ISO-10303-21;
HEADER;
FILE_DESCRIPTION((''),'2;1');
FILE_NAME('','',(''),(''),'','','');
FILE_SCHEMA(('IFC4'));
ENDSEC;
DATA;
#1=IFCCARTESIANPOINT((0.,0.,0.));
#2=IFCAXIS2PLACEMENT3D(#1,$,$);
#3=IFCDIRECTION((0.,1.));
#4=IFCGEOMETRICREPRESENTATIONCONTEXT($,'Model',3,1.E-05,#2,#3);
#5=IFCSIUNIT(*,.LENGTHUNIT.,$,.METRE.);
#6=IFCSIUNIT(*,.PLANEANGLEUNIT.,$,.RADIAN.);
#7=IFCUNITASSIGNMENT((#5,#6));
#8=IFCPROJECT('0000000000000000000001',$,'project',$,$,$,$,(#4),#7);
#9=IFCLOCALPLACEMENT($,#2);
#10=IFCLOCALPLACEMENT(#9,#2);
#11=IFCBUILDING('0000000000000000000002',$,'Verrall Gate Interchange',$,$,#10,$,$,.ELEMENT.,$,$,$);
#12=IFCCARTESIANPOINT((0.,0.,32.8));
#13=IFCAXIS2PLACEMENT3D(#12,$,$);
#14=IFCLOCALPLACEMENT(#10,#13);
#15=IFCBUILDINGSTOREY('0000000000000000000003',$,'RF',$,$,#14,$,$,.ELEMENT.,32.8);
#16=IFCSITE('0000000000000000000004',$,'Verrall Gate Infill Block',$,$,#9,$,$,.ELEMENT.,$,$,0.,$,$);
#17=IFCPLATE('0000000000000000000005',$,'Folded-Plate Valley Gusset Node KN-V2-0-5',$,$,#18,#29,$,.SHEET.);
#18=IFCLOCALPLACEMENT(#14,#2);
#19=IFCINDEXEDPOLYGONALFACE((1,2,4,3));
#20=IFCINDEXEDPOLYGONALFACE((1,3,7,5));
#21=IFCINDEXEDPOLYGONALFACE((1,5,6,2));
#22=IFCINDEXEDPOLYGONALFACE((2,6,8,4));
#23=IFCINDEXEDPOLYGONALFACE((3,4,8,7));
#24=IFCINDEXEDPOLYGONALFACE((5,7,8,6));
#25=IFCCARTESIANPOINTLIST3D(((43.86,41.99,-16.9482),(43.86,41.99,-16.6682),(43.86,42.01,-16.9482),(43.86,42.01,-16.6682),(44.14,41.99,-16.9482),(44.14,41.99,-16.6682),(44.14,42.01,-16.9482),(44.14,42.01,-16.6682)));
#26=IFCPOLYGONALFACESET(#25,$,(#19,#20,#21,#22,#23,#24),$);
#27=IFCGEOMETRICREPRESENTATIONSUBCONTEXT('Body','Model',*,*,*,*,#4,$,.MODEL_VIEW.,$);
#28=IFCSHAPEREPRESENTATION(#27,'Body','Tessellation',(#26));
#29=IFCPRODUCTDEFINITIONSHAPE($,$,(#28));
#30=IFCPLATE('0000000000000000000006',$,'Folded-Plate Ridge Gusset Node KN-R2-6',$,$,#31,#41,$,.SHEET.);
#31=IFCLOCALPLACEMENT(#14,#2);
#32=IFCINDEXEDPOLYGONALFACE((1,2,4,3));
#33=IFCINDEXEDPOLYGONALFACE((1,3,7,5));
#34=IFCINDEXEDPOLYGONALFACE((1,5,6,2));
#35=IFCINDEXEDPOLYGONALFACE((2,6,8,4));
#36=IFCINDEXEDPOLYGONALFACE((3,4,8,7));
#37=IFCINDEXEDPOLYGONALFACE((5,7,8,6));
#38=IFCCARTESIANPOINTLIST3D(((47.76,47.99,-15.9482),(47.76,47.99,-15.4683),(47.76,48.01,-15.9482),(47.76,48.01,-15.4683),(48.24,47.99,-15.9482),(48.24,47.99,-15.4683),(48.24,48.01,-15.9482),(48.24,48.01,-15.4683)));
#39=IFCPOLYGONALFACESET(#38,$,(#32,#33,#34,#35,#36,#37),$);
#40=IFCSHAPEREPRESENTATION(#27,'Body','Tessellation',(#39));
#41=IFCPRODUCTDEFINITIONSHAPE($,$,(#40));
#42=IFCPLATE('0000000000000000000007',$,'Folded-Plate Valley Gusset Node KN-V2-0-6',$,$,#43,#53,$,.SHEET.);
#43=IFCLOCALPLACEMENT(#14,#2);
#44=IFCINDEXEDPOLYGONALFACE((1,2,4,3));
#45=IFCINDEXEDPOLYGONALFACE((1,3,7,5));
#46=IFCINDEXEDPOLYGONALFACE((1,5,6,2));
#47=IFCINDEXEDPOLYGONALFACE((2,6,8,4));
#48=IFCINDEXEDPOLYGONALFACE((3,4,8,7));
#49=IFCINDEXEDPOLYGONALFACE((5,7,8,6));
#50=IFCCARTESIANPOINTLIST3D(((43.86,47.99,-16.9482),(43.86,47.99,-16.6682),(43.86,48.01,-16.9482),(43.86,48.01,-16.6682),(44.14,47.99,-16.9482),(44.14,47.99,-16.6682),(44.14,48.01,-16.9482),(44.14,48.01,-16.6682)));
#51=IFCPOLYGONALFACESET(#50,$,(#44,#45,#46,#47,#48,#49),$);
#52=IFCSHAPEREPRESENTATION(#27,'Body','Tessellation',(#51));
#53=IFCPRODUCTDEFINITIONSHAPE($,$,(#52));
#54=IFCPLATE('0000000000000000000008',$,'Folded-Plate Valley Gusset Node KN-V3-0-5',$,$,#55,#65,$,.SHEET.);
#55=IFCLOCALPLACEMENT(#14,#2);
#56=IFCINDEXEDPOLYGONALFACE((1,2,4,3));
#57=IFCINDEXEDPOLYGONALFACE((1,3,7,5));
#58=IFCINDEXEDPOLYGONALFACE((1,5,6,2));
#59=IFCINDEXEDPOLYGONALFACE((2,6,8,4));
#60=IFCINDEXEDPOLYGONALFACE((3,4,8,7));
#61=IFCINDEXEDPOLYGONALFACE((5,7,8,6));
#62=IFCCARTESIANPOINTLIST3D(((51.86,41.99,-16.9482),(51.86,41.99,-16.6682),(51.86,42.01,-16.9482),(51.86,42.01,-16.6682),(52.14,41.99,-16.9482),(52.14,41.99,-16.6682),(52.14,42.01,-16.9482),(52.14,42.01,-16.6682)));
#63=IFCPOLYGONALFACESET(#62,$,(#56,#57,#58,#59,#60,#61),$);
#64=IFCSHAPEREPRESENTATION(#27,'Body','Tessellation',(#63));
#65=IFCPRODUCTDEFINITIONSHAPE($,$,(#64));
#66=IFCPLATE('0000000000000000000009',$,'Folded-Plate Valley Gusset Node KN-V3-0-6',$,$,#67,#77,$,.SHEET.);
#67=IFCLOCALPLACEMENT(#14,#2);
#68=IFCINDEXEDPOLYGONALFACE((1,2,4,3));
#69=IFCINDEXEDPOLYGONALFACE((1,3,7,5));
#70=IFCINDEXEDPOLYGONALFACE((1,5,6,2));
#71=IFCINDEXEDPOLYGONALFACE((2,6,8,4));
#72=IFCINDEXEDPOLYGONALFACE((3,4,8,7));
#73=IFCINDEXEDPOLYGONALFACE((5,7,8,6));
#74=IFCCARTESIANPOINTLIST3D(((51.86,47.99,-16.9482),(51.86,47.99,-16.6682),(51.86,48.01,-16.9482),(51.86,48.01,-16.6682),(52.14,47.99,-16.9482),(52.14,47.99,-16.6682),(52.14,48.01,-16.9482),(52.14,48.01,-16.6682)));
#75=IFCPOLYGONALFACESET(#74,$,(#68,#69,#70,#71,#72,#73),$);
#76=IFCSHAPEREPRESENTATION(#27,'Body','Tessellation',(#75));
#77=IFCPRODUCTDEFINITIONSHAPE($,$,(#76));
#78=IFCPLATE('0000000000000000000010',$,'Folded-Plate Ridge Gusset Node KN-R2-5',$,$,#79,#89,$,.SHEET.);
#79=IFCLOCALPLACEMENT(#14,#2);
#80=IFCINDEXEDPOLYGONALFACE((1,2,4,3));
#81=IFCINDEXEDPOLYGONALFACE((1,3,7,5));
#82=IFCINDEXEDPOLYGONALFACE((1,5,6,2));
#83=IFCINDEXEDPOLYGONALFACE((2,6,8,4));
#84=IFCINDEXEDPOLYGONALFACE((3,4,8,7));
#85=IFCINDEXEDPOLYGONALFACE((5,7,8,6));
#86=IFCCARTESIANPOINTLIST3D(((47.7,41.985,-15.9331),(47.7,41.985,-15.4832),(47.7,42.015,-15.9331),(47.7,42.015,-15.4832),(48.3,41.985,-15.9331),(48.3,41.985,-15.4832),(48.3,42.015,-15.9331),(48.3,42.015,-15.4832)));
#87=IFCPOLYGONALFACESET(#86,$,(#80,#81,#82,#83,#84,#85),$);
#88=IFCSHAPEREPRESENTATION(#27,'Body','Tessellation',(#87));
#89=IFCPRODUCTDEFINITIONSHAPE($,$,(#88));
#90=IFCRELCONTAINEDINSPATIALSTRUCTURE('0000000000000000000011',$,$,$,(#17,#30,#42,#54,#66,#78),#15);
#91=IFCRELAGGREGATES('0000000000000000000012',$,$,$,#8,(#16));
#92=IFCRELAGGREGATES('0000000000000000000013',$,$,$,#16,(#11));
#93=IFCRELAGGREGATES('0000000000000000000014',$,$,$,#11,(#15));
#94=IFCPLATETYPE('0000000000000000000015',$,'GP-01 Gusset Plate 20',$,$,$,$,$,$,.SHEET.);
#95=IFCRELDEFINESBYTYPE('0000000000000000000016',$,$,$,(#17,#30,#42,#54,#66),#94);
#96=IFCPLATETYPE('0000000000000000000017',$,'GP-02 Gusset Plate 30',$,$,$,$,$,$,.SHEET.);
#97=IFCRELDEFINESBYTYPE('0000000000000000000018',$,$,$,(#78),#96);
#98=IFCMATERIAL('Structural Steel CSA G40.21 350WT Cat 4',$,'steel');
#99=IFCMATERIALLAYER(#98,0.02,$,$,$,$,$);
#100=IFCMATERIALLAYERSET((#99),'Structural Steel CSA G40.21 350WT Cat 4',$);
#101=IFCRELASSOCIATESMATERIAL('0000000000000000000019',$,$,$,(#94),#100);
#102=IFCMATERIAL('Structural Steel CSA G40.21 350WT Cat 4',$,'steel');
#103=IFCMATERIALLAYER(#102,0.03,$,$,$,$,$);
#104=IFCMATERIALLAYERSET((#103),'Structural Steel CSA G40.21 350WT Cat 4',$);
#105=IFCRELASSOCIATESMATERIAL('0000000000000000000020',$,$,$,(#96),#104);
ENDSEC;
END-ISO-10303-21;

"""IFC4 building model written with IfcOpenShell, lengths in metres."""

from ifc_helpers import new_model, si_unit, direction, frame, origin, origin_2d, place, context, subcontext, project, spatial, rectangle, extrude, material, layer, layer_set, type_object, element, save


model = new_model("IFC4")

# Units and contexts
model_context = context("Model", 3, precision=1e-05, world=origin(), true_north=direction((0.0, 1.0)))
body_context = subcontext(model_context, "Body", "Model", "MODEL_VIEW")
ifc_project = project(units=[si_unit("LENGTHUNIT", "METRE"), si_unit("PLANEANGLEUNIT", "RADIAN")], contexts=[model_context])

# Site, building, storey
site_placement = place(None, origin())
site = spatial("IfcSite", under=ifc_project, at=site_placement, Name="Verrall Gate Infill Block", CompositionType="ELEMENT", RefElevation=0.0)
building_placement = place(site_placement, origin())
building = spatial("IfcBuilding", under=site, at=building_placement, Name="Verrall Gate Interchange", CompositionType="ELEMENT")
storey_placement = place(building_placement, frame((0.0, 0.0, 32.8)))
storey = spatial("IfcBuildingStorey", under=building, at=storey_placement, Name="RF", CompositionType="ELEMENT", Elevation=32.8)

# Plates
ifc_material_1 = material(Name="Structural Steel CSA G40.21 350WT Cat 4", Category="steel")
ifc_layer_1 = layer(ifc_material_1, 0.02)
ifc_layer_set_1 = layer_set([ifc_layer_1], Name="Structural Steel CSA G40.21 350WT Cat 4")
plate_type_1 = type_object("IfcPlateType", Name="GP-01 Gusset Plate 20", PredefinedType="SHEET", material=ifc_layer_set_1)
plate_1_placement = place(storey_placement, frame((44.0, 42.0, -16.9482), z_axis=(0.0, 0.0, 1.0), x_axis=(1.0, 0.0, 0.0)))
element("IfcPlate", 1, at=plate_1_placement, inside=storey, type_object=plate_type_1, Name="Folded-Plate Valley Gusset Node KN-V2-0-5", PredefinedType="SHEET", context=body_context, shape_type="SweptSolid", body=[
    extrude(rectangle(XDim=0.28, YDim=0.02, at=origin_2d()), origin(), (0.0, 0.0, 1.0), 0.28),
])
plate_2_placement = place(storey_placement, frame((48.0, 48.0, -15.9482), z_axis=(0.0, 0.0, 1.0), x_axis=(1.0, 0.0, 0.0)))
element("IfcPlate", 2, at=plate_2_placement, inside=storey, type_object=plate_type_1, Name="Folded-Plate Ridge Gusset Node KN-R2-6", PredefinedType="SHEET", context=body_context, shape_type="SweptSolid", body=[
    extrude(rectangle(XDim=0.48, YDim=0.02, at=origin_2d()), origin(), (0.0, 0.0, 1.0), 0.48),
])
for number, where, z_axis, x_axis, name in (
    (3, (44.0, 48.0, -16.9482), (0.0, 0.0, 1.0), (1.0, 0.0, 0.0), "Folded-Plate Valley Gusset Node KN-V2-0-6"),
    (4, (52.0, 42.0, -16.9482), (0.0, 0.0, 1.0), (1.0, 0.0, 0.0), "Folded-Plate Valley Gusset Node KN-V3-0-5"),
    (5, (52.0, 48.0, -16.9482), (0.0, 0.0, 1.0), (1.0, 0.0, 0.0), "Folded-Plate Valley Gusset Node KN-V3-0-6"),
):
    element("IfcPlate", number, at=place(storey_placement, frame(where, z_axis=z_axis, x_axis=x_axis)), inside=storey, type_object=plate_type_1, Name=name, PredefinedType="SHEET", context=body_context, shape_type="SweptSolid", body=[
        extrude(rectangle(XDim=0.28, YDim=0.02, at=origin_2d()), origin(), (0.0, 0.0, 1.0), 0.28),
    ])
ifc_material_2 = material(Name="Structural Steel CSA G40.21 350WT Cat 4", Category="steel")
ifc_layer_2 = layer(ifc_material_2, 0.03)
ifc_layer_set_2 = layer_set([ifc_layer_2], Name="Structural Steel CSA G40.21 350WT Cat 4")
plate_type_2 = type_object("IfcPlateType", Name="GP-02 Gusset Plate 30", PredefinedType="SHEET", material=ifc_layer_set_2)
plate_3_placement = place(storey_placement, frame((48.0, 42.0, -15.9331), z_axis=(0.0, 0.0, 1.0), x_axis=(1.0, 0.0, 0.0)))
element("IfcPlate", 6, at=plate_3_placement, inside=storey, type_object=plate_type_2, Name="Folded-Plate Ridge Gusset Node KN-R2-5", PredefinedType="SHEET", context=body_context, shape_type="SweptSolid", body=[
    extrude(rectangle(XDim=0.6001, YDim=0.03, at=origin_2d()), origin(), (0.0, 0.0, 1.0), 0.45),
])

save(model, "model.ifc")
